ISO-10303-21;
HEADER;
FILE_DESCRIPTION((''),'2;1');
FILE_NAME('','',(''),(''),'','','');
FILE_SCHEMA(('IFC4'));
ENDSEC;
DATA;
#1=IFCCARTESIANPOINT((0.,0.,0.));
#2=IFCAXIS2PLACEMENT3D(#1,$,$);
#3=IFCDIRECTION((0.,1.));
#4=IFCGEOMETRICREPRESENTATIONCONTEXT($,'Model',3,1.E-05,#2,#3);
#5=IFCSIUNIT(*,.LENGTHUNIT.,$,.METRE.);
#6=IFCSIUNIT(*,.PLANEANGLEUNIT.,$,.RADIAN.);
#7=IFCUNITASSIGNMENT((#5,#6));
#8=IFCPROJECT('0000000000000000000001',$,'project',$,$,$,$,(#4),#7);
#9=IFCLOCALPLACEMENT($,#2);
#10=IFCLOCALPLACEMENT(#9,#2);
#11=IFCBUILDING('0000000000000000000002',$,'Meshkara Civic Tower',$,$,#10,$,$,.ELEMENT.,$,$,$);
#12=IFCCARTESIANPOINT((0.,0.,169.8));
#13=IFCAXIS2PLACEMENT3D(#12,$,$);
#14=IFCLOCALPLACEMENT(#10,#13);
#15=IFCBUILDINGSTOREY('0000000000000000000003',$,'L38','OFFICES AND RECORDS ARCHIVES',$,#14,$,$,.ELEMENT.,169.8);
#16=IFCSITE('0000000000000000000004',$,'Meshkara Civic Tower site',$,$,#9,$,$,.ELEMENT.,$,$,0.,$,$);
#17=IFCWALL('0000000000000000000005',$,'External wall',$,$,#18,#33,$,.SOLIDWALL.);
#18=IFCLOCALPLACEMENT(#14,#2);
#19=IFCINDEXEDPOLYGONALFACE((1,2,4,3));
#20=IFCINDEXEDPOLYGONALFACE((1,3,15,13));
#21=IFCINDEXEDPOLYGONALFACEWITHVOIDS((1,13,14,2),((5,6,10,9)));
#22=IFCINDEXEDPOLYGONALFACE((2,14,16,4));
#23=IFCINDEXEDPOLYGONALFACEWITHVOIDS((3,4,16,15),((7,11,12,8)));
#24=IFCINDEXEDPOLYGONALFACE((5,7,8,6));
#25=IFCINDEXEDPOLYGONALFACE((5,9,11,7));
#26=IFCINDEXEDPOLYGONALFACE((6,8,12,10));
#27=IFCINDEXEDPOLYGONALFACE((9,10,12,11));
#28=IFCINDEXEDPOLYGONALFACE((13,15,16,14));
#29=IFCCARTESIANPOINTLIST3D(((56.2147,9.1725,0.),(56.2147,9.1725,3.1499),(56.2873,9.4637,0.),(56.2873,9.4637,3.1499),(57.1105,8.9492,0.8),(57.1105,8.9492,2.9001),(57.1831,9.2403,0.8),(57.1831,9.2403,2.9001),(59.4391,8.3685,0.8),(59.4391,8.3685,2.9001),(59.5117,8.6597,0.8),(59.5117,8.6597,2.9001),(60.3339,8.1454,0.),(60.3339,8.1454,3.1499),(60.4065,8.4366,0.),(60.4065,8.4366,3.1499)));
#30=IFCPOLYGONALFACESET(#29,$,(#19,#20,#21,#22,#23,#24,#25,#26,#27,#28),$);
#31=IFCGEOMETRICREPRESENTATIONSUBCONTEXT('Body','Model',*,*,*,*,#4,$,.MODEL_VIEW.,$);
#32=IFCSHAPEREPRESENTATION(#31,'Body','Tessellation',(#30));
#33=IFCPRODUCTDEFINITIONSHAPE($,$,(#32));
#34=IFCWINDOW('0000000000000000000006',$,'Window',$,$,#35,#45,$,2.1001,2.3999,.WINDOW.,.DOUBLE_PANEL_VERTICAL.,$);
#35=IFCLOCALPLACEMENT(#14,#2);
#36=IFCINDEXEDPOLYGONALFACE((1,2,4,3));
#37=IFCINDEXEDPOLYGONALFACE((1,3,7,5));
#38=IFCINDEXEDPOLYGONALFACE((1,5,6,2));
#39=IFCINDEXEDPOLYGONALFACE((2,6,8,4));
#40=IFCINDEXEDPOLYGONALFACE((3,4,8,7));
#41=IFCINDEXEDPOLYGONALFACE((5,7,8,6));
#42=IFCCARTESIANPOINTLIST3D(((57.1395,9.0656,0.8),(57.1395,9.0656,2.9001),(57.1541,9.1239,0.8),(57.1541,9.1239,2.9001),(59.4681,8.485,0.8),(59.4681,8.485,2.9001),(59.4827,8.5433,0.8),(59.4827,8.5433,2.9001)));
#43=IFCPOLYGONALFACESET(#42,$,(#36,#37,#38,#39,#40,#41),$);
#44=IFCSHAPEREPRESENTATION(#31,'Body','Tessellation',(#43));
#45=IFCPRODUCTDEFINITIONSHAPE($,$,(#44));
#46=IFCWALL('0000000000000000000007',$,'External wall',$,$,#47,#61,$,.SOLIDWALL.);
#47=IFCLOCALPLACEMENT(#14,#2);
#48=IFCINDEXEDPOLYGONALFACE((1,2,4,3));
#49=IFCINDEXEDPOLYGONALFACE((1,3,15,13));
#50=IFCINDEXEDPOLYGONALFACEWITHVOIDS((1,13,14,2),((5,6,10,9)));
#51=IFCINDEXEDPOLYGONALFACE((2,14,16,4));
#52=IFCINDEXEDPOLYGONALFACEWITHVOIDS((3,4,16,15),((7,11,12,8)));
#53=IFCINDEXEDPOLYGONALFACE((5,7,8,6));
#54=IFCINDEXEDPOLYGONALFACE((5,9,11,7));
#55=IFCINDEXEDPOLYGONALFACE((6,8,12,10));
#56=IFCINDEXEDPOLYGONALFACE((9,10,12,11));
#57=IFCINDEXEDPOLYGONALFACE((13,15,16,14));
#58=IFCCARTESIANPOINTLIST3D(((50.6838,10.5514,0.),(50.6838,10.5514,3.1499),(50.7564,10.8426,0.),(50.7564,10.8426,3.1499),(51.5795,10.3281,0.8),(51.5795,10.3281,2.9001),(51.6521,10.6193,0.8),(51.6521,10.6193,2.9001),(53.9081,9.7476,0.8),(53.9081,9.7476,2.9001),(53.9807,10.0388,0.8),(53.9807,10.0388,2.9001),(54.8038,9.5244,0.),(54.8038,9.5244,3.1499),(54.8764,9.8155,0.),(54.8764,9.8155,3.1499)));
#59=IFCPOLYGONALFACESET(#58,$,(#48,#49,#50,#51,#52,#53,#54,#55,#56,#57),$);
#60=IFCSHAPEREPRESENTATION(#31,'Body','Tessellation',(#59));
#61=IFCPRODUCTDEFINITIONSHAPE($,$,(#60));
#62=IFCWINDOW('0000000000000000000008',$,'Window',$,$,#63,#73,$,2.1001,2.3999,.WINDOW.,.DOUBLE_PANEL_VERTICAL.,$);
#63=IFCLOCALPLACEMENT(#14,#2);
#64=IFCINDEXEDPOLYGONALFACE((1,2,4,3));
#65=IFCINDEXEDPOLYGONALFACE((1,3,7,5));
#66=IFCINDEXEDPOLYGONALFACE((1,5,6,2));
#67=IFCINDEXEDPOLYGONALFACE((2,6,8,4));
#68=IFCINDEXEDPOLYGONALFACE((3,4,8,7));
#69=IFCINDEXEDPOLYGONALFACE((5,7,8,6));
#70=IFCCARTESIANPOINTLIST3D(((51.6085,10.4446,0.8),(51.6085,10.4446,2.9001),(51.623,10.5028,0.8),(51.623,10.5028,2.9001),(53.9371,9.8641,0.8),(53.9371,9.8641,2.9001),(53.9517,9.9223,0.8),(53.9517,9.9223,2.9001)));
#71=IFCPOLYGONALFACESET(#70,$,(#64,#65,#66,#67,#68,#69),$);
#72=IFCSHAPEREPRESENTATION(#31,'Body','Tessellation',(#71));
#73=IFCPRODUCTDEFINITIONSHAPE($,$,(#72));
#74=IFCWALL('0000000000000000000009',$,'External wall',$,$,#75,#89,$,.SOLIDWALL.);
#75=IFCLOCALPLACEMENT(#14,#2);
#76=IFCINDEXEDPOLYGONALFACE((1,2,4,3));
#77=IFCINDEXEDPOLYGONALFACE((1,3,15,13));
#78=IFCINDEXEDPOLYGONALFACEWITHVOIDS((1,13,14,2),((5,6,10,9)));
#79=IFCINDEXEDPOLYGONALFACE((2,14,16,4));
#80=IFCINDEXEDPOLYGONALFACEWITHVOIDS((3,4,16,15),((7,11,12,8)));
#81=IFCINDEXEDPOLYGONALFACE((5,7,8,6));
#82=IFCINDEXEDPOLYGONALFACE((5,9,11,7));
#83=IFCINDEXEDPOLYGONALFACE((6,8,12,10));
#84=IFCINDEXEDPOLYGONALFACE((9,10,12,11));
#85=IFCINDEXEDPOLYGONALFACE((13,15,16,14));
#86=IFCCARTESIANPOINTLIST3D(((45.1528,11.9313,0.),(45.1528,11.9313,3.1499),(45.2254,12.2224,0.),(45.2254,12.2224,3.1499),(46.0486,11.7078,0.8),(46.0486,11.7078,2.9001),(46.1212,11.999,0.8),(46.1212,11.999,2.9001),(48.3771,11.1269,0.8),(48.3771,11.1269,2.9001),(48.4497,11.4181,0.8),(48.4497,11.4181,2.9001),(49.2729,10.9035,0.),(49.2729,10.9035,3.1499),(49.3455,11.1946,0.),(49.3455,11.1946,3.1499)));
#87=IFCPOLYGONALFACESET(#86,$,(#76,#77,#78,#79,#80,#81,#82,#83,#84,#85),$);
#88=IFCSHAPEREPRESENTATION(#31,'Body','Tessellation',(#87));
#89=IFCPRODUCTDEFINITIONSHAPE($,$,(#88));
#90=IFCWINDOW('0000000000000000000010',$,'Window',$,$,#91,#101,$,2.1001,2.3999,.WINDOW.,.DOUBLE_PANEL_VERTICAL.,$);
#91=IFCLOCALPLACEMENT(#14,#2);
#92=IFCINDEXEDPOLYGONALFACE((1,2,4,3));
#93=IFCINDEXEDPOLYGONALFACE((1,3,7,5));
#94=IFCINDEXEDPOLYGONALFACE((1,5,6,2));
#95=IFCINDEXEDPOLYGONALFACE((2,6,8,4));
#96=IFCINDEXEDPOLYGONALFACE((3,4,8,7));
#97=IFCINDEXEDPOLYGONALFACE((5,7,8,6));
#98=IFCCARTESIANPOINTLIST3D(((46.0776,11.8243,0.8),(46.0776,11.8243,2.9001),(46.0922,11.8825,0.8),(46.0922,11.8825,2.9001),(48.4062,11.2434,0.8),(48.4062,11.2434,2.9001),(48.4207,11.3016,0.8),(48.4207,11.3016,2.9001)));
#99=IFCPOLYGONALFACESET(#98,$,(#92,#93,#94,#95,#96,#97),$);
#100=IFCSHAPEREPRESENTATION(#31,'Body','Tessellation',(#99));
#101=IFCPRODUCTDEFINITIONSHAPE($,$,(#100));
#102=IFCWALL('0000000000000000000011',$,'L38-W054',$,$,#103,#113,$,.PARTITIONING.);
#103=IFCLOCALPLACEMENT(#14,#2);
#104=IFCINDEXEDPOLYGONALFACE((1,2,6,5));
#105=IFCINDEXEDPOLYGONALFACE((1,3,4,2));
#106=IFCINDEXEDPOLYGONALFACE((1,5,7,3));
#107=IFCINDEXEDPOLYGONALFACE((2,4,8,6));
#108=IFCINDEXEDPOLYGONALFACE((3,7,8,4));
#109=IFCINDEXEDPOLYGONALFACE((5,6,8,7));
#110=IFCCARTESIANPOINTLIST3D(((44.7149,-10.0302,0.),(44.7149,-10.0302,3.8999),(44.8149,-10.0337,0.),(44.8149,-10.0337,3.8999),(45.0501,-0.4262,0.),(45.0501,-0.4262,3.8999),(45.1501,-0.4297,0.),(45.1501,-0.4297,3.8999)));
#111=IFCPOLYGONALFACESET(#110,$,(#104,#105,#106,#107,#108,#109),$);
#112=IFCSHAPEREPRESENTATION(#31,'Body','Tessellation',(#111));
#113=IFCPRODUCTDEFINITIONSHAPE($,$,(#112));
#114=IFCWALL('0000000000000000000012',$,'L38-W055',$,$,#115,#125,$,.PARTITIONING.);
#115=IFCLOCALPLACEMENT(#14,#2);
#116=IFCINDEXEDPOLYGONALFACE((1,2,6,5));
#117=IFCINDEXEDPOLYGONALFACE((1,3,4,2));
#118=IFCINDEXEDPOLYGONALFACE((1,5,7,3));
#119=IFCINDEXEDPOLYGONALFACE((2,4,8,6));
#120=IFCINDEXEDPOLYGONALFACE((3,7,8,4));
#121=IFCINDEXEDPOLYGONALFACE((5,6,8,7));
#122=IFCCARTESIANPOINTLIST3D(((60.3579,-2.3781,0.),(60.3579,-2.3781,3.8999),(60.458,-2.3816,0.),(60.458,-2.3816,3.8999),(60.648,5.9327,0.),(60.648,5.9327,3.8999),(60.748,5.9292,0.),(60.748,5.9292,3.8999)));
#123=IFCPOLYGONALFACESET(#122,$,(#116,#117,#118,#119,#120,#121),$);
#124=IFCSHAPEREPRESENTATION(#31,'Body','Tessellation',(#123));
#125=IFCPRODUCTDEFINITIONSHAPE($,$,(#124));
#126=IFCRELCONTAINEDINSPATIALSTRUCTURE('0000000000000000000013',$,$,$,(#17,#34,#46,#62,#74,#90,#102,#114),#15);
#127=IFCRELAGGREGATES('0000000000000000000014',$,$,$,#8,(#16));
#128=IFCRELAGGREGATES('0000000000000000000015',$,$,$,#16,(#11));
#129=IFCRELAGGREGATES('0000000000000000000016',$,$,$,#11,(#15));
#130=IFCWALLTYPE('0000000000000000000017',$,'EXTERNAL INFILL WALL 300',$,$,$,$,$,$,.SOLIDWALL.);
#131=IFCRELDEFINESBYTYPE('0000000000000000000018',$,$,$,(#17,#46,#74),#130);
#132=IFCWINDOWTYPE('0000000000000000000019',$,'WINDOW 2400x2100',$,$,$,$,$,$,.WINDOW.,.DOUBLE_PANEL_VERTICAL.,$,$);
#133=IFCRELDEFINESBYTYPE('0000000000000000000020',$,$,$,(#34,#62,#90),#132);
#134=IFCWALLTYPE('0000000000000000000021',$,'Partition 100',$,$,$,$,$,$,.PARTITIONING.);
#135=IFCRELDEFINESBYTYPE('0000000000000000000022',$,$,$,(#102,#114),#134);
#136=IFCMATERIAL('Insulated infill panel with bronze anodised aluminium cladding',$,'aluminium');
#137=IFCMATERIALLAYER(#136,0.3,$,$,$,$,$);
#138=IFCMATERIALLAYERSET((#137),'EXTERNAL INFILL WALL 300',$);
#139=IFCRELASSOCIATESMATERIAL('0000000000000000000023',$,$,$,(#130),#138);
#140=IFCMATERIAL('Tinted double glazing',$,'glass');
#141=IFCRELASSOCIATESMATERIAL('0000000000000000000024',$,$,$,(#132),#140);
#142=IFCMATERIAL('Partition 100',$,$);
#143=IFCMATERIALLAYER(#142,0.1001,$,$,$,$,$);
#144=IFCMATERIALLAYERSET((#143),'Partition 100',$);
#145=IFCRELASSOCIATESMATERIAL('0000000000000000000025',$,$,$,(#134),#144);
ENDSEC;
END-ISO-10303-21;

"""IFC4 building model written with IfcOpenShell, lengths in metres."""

from ifc_helpers import new_model, si_unit, direction, frame, frame_2d, origin, place, context, subcontext, project, spatial, rectangle, extrude, material, layer, layer_set, type_object, element, fill, save


model = new_model("IFC4")

# Units and contexts
model_context = context("Model", 3, precision=1e-05, world=origin(), true_north=direction((0.0, 1.0)))
body_context = subcontext(model_context, "Body", "Model", "MODEL_VIEW")
ifc_project = project(units=[si_unit("LENGTHUNIT", "METRE"), si_unit("PLANEANGLEUNIT", "RADIAN")], contexts=[model_context])

# Site, building, storey
site_placement = place(None, origin())
site = spatial("IfcSite", under=ifc_project, at=site_placement, Name="Meshkara Civic Tower site", CompositionType="ELEMENT", RefElevation=0.0)
building_placement = place(site_placement, origin())
building = spatial("IfcBuilding", under=site, at=building_placement, Name="Meshkara Civic Tower", CompositionType="ELEMENT")
storey_placement = place(building_placement, frame((0.0, 0.0, 169.8)))
storey = spatial("IfcBuildingStorey", under=building, at=storey_placement, Name="L38", Description="OFFICES AND RECORDS ARCHIVES", CompositionType="ELEMENT", Elevation=169.8)

# Walls, openings, windows
ifc_material_1 = material(Name="Insulated infill panel with bronze anodised aluminium cladding", Category="aluminium")
ifc_layer_1 = layer(ifc_material_1, 0.3)
ifc_layer_set_1 = layer_set([ifc_layer_1], Name="EXTERNAL INFILL WALL 300")
wall_type_1 = type_object("IfcWallType", Name="EXTERNAL INFILL WALL 300", PredefinedType="SOLIDWALL", material=ifc_layer_set_1)
wall_1_placement = place(storey_placement, frame((60.3701, 8.291, 0.0), z_axis=(0.0, 0.0, 1.0), x_axis=(-0.970291, 0.24194, 0.0)))
wall_1 = element("IfcWall", 1, at=wall_1_placement, inside=storey, type_object=wall_type_1, Name="External wall", PredefinedType="SOLIDWALL", context=body_context, shape_type="SweptSolid", body=[
    extrude(rectangle(XDim=4.2454, YDim=0.3, at=frame_2d((2.1226, 0.0))), origin(), (0.0, 0.0, 1.0), 3.1499),
])
opening_1_placement = place(wall_1_placement, frame((0.9221, 0.0, 0.8)))
opening_1 = element("IfcOpeningElement", 2, at=opening_1_placement, cuts=wall_1, PredefinedType="OPENING", context=body_context, shape_type="SweptSolid", body=[
    extrude(rectangle(XDim=2.3999, YDim=2.1001, at=frame_2d((1.2, 1.05))), frame((0.0, 0.1599, 0.0), z_axis=(0.0, -1.0, 0.0), x_axis=(1.0, 0.0, 0.0)), (0.0, 0.0, 1.0), 0.3201),
])
ifc_material_2 = material(Name="Tinted double glazing", Category="glass")
window_type = type_object("IfcWindowType", Name="WINDOW 2400x2100", PartitioningType="DOUBLE_PANEL_VERTICAL", PredefinedType="WINDOW", material=ifc_material_2)
window_1_placement = place(opening_1_placement, origin())
window_1 = element("IfcWindow", 3, at=window_1_placement, inside=storey, type_object=window_type, Name="Window", OverallHeight=2.1001, OverallWidth=2.3999, PartitioningType="DOUBLE_PANEL_VERTICAL", PredefinedType="WINDOW", context=body_context, shape_type="SweptSolid", body=[
    extrude(rectangle(XDim=2.3999, YDim=2.1001, at=frame_2d((1.2, 1.05))), frame((0.0, 0.03, 0.0), z_axis=(0.0, -1.0, 0.0), x_axis=(1.0, 0.0, 0.0)), (0.0, 0.0, 1.0), 0.0601),
])
fill(opening_1, window_1)
wall_2_placement = place(storey_placement, frame((54.8401, 9.6699, 0.0), z_axis=(0.0, 0.0, 1.0), x_axis=(-0.970305, 0.241886, 0.0)))
wall_2 = element("IfcWall", 4, at=wall_2_placement, inside=storey, type_object=wall_type_1, Name="External wall", PredefinedType="SOLIDWALL", context=body_context, shape_type="SweptSolid", body=[
    extrude(rectangle(XDim=4.2461, YDim=0.3, at=frame_2d((2.123, 0.0))), origin(), (0.0, 0.0, 1.0), 3.1499),
])
opening_2_placement = place(wall_2_placement, frame((0.9231, 0.0, 0.8)))
opening_2 = element("IfcOpeningElement", 5, at=opening_2_placement, cuts=wall_2, PredefinedType="OPENING", context=body_context, shape_type="SweptSolid", body=[
    extrude(rectangle(XDim=2.3999, YDim=2.1001, at=frame_2d((1.2, 1.05))), frame((0.0, 0.1599, 0.0), z_axis=(0.0, -1.0, 0.0), x_axis=(1.0, 0.0, 0.0)), (0.0, 0.0, 1.0), 0.3201),
])
window_2_placement = place(opening_2_placement, origin())
window_2 = element("IfcWindow", 6, at=window_2_placement, inside=storey, type_object=window_type, Name="Window", OverallHeight=2.1001, OverallWidth=2.3999, PartitioningType="DOUBLE_PANEL_VERTICAL", PredefinedType="WINDOW", context=body_context, shape_type="SweptSolid", body=[
    extrude(rectangle(XDim=2.3999, YDim=2.1001, at=frame_2d((1.2, 1.05))), frame((0.0, 0.03, 0.0), z_axis=(0.0, -1.0, 0.0), x_axis=(1.0, 0.0, 0.0)), (0.0, 0.0, 1.0), 0.0601),
])
fill(opening_2, window_2)
wall_3_placement = place(storey_placement, frame((49.3091, 11.0491, 0.0), z_axis=(0.0, 0.0, 1.0), x_axis=(-0.970264, 0.242049, 0.0)))
wall_3 = element("IfcWall", 7, at=wall_3_placement, inside=storey, type_object=wall_type_1, Name="External wall", PredefinedType="SOLIDWALL", context=body_context, shape_type="SweptSolid", body=[
    extrude(rectangle(XDim=4.2463, YDim=0.3, at=frame_2d((2.123, 0.0))), origin(), (0.0, 0.0, 1.0), 3.1499),
])
opening_3_placement = place(wall_3_placement, frame((0.9231, 0.0, 0.8)))
opening_3 = element("IfcOpeningElement", 8, at=opening_3_placement, cuts=wall_3, PredefinedType="OPENING", context=body_context, shape_type="SweptSolid", body=[
    extrude(rectangle(XDim=2.3999, YDim=2.1001, at=frame_2d((1.2, 1.05))), frame((0.0, 0.1599, 0.0), z_axis=(0.0, -1.0, 0.0), x_axis=(1.0, 0.0, 0.0)), (0.0, 0.0, 1.0), 0.3201),
])
window_3_placement = place(opening_3_placement, origin())
window_3 = element("IfcWindow", 9, at=window_3_placement, inside=storey, type_object=window_type, Name="Window", OverallHeight=2.1001, OverallWidth=2.3999, PartitioningType="DOUBLE_PANEL_VERTICAL", PredefinedType="WINDOW", context=body_context, shape_type="SweptSolid", body=[
    extrude(rectangle(XDim=2.3999, YDim=2.1001, at=frame_2d((1.2, 1.05))), frame((0.0, 0.03, 0.0), z_axis=(0.0, -1.0, 0.0), x_axis=(1.0, 0.0, 0.0)), (0.0, 0.0, 1.0), 0.0601),
])
fill(opening_3, window_3)

# Walls
ifc_material_3 = material(Name="Partition 100")
ifc_layer_2 = layer(ifc_material_3, 0.1001)
ifc_layer_set_2 = layer_set([ifc_layer_2], Name="Partition 100")
wall_type_2 = type_object("IfcWallType", Name="Partition 100", PredefinedType="PARTITIONING", material=ifc_layer_set_2)
wall_4_placement = place(storey_placement, frame((44.7649, -10.032, 0.0), z_axis=(0.0, 0.0, 1.0), x_axis=(0.034881, 0.999391, 0.0)))
element("IfcWall", 10, at=wall_4_placement, inside=storey, type_object=wall_type_2, Name="L38-W054", PredefinedType="PARTITIONING", context=body_context, shape_type="SweptSolid", body=[
    extrude(rectangle(XDim=9.6099, YDim=0.1001, at=frame_2d((4.8049, 0.0))), origin(), (0.0, 0.0, 1.0), 3.8999),
])
wall_5_placement = place(storey_placement, frame((60.408, -2.3799, 0.0), z_axis=(0.0, 0.0, 1.0), x_axis=(0.034878, 0.999392, 0.0)))
element("IfcWall", 11, at=wall_5_placement, inside=storey, type_object=wall_type_2, Name="L38-W055", PredefinedType="PARTITIONING", context=body_context, shape_type="SweptSolid", body=[
    extrude(rectangle(XDim=8.3159, YDim=0.1001, at=frame_2d((4.158, 0.0))), origin(), (0.0, 0.0, 1.0), 3.8999),
])

save(model, "model.ifc")
